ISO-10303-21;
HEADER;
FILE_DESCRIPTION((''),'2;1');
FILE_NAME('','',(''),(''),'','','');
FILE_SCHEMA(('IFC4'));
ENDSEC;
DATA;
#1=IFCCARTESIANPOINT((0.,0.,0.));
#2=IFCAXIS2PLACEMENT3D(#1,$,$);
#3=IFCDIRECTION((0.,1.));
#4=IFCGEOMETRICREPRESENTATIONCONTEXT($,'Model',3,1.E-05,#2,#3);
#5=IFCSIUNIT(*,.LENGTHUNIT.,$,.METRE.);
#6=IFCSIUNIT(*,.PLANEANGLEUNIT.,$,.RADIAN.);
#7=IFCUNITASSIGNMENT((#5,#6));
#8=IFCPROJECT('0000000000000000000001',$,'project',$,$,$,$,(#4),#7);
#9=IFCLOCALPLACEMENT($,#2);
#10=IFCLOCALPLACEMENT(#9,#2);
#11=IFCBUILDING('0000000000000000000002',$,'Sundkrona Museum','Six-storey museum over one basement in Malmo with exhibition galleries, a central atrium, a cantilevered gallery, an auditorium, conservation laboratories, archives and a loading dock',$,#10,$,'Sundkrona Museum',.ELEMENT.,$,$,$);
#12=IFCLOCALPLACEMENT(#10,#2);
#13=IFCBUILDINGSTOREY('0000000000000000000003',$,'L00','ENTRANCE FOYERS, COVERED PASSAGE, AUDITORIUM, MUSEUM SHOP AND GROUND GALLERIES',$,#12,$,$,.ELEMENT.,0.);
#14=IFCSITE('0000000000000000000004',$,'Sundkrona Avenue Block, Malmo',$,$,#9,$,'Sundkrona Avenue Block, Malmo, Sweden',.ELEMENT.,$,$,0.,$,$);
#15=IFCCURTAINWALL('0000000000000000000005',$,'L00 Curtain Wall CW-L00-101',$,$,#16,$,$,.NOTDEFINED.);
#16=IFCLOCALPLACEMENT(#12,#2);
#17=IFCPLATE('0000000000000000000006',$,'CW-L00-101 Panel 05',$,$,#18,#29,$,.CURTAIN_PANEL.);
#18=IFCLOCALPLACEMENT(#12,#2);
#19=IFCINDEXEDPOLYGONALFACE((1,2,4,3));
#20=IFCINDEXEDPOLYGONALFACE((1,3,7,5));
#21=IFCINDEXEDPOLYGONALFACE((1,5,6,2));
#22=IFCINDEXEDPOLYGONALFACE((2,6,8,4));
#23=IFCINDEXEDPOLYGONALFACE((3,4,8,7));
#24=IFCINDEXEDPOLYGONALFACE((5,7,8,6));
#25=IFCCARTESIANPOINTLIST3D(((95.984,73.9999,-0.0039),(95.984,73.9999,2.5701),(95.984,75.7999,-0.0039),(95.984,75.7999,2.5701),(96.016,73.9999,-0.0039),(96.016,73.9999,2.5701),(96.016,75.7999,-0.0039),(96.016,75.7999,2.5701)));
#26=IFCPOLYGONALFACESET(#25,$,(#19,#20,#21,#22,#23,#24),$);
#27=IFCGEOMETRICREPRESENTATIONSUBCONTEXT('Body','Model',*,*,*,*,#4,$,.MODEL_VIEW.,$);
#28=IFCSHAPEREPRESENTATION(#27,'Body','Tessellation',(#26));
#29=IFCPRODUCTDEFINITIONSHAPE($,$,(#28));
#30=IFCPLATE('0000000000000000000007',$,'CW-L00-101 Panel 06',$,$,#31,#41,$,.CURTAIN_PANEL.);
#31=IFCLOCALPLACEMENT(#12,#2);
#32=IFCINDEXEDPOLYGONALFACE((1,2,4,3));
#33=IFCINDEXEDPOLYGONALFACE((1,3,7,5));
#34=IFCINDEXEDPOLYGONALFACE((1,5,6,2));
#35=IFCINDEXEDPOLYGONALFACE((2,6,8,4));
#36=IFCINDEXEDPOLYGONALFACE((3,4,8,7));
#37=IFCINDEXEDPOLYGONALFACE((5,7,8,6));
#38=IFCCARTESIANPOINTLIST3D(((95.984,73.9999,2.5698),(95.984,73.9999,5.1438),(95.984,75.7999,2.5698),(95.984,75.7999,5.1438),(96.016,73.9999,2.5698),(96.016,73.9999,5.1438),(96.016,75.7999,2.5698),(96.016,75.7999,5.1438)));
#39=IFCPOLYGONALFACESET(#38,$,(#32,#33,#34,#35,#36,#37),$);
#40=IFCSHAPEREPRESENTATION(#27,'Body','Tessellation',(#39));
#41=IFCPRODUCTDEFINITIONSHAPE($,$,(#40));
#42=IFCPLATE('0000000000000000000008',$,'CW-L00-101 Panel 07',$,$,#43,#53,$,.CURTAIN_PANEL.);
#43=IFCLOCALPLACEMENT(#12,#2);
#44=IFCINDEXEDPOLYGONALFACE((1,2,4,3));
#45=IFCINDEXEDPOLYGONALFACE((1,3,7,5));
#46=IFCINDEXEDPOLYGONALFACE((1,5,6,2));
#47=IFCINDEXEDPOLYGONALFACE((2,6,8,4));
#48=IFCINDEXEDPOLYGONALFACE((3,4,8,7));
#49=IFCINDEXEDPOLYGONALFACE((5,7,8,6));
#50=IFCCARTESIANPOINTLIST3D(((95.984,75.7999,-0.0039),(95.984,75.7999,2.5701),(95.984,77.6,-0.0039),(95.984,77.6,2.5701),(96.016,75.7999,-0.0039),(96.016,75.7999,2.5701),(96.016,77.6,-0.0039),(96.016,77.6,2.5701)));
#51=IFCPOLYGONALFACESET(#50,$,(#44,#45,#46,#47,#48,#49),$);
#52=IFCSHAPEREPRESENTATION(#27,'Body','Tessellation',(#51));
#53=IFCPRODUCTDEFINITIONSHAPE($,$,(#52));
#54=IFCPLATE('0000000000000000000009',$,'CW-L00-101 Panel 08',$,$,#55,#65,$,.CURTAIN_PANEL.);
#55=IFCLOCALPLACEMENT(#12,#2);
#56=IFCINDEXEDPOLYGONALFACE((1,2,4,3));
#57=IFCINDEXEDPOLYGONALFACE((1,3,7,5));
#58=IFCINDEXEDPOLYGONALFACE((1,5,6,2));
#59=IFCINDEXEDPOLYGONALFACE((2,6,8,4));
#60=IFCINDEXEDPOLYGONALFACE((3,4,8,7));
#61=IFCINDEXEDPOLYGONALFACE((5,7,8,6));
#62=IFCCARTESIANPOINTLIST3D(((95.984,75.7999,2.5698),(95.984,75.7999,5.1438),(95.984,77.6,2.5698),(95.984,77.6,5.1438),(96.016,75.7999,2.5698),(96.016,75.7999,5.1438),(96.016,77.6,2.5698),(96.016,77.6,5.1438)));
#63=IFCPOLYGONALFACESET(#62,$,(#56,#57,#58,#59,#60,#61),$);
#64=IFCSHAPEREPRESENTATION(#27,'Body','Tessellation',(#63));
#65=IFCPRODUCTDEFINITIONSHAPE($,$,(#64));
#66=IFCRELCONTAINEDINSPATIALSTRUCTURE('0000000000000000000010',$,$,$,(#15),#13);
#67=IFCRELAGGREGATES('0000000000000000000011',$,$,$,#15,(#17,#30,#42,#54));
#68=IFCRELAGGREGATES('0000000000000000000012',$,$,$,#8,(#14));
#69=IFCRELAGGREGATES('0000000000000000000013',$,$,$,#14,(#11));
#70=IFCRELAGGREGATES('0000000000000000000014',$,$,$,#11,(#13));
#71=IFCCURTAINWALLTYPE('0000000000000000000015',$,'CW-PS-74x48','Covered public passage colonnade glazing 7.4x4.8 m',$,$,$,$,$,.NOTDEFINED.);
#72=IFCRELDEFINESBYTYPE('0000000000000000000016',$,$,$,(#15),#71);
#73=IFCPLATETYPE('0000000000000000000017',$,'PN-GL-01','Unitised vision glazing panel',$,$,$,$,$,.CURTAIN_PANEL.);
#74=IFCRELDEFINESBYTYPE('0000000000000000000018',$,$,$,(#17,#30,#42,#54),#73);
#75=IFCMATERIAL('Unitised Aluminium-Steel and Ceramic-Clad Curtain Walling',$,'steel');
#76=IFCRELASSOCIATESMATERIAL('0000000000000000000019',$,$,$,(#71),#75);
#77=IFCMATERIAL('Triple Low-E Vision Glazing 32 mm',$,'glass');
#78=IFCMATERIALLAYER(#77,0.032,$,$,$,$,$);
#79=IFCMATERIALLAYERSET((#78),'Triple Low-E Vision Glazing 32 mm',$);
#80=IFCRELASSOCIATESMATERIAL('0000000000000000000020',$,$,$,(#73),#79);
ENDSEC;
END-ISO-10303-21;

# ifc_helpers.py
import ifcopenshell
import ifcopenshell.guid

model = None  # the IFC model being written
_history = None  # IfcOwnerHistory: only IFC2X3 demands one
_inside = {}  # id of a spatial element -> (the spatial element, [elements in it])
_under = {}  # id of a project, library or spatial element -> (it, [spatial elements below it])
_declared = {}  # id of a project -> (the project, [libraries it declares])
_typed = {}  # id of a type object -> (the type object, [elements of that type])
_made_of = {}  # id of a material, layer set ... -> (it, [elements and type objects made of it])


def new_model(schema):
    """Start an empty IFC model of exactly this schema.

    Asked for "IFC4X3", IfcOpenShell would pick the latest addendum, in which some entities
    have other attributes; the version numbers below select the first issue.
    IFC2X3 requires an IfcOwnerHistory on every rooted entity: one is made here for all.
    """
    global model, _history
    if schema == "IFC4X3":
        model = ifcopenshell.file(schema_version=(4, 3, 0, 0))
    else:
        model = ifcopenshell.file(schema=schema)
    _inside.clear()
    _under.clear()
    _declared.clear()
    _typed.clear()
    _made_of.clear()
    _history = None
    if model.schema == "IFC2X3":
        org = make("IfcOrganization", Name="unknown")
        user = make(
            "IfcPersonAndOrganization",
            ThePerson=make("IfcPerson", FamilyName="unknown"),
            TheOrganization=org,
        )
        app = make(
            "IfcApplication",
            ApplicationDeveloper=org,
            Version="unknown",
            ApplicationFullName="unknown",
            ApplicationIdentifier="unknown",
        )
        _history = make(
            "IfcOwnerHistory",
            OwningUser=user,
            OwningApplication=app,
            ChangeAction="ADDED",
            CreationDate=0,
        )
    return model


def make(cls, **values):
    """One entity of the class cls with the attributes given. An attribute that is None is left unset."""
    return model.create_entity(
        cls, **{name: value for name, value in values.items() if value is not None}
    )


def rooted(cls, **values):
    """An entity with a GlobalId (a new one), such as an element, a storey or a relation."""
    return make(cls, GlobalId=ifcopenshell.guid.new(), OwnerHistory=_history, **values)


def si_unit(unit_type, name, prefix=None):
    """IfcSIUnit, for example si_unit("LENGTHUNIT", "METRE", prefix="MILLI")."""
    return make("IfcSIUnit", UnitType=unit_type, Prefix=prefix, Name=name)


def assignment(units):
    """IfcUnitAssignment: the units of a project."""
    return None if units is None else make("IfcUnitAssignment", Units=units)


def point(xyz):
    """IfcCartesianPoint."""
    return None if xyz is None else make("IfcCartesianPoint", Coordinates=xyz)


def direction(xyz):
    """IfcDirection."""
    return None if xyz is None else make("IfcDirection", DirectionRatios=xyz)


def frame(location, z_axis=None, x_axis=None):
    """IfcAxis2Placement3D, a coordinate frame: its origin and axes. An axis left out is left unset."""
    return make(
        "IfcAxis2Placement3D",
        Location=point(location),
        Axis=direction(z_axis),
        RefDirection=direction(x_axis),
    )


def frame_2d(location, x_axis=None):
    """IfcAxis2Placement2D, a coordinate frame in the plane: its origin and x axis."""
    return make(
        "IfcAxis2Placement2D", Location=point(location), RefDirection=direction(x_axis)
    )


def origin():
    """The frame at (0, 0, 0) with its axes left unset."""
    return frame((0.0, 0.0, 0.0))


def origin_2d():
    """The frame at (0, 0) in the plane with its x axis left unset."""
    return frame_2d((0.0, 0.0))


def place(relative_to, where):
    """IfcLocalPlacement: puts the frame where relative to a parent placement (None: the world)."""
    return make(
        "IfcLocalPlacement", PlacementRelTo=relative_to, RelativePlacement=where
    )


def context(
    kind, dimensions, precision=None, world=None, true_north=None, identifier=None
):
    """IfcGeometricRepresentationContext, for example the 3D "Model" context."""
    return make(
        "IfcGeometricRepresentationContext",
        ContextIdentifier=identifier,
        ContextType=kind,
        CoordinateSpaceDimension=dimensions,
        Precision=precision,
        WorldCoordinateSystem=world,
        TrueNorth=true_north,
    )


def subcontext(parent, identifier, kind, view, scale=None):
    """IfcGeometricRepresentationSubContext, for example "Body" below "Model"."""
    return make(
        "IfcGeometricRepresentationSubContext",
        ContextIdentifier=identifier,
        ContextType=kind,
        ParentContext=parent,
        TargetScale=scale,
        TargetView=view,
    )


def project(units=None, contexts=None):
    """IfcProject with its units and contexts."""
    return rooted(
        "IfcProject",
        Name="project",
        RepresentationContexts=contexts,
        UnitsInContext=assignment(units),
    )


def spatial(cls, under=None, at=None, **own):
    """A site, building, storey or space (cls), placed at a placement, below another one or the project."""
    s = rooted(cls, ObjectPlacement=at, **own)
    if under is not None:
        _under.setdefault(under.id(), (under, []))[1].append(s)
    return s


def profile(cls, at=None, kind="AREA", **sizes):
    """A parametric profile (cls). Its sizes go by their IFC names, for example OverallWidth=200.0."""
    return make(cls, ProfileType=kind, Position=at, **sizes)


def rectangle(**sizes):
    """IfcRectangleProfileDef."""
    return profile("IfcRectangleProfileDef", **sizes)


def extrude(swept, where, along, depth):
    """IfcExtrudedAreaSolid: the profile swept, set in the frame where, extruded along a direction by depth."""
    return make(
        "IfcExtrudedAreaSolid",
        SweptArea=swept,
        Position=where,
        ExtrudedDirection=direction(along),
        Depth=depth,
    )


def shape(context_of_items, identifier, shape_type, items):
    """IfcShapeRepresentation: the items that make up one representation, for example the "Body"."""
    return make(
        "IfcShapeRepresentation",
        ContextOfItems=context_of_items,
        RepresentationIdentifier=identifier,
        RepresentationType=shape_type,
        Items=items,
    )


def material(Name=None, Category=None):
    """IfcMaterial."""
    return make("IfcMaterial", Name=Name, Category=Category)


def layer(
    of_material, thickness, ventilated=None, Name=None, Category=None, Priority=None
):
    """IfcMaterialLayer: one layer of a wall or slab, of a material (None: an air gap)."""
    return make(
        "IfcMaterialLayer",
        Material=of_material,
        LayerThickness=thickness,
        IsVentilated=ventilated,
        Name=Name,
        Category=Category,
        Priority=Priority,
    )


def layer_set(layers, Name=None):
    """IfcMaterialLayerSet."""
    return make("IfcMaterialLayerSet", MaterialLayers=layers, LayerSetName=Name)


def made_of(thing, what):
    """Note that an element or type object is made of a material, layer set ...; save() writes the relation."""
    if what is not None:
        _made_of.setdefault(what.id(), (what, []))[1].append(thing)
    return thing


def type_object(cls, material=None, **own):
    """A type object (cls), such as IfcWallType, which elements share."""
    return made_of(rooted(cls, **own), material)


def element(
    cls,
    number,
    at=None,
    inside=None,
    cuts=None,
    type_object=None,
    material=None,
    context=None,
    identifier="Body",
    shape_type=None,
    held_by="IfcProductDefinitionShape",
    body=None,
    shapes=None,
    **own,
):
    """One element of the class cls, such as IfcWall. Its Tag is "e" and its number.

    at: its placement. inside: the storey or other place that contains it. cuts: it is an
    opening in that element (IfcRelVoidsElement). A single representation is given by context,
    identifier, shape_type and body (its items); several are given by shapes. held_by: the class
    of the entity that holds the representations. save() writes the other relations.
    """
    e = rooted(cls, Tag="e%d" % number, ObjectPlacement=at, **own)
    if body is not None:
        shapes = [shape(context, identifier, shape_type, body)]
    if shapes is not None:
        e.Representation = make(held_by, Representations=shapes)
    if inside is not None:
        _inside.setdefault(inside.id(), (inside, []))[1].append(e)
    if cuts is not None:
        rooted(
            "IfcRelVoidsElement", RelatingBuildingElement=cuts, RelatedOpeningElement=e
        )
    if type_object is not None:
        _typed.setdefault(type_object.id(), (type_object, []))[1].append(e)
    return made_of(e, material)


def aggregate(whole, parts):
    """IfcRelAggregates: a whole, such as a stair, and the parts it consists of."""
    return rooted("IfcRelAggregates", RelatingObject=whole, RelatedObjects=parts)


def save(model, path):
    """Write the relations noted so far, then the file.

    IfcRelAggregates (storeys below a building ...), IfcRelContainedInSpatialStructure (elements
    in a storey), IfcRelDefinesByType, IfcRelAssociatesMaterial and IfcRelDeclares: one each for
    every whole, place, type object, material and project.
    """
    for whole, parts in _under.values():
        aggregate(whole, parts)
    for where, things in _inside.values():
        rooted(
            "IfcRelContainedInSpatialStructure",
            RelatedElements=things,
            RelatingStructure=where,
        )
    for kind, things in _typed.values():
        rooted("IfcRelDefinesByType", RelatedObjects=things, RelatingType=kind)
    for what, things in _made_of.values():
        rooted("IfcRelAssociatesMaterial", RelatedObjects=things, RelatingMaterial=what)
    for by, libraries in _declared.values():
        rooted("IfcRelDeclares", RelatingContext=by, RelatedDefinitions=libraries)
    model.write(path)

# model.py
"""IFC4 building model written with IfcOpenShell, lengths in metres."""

from ifc_helpers import new_model, si_unit, direction, frame, origin, origin_2d, place, context, subcontext, project, spatial, rectangle, extrude, material, layer, layer_set, type_object, element, aggregate, save


model = new_model("IFC4")

# Units and contexts
model_context = context("Model", 3, precision=1e-05, world=origin(), true_north=direction((0.0, 1.0)))
body_context = subcontext(model_context, "Body", "Model", "MODEL_VIEW")
ifc_project = project(units=[si_unit("LENGTHUNIT", "METRE"), si_unit("PLANEANGLEUNIT", "RADIAN")], contexts=[model_context])

# Site, building, storey
site_placement = place(None, origin())
site = spatial("IfcSite", under=ifc_project, at=site_placement, Name="Sundkrona Avenue Block, Malmo", LongName="Sundkrona Avenue Block, Malmo, Sweden", CompositionType="ELEMENT", RefElevation=0.0)
building_placement = place(site_placement, origin())
building = spatial("IfcBuilding", under=site, at=building_placement, Name="Sundkrona Museum", Description="Six-storey museum over one basement in Malmo with exhibition galleries, a central atrium, a cantilevered gallery, an auditorium, conservation laboratories, archives and a loading dock", LongName="Sundkrona Museum", CompositionType="ELEMENT")
storey_placement = place(building_placement, origin())
storey = spatial("IfcBuildingStorey", under=building, at=storey_placement, Name="L00", Description="ENTRANCE FOYERS, COVERED PASSAGE, AUDITORIUM, MUSEUM SHOP AND GROUND GALLERIES", CompositionType="ELEMENT", Elevation=0.0)

# Curtain wall
ifc_material_1 = material(Name="Unitised Aluminium-Steel and Ceramic-Clad Curtain Walling", Category="steel")
curtain_wall_type = type_object("IfcCurtainWallType", Name="CW-PS-74x48", Description="Covered public passage colonnade glazing 7.4x4.8 m", PredefinedType="NOTDEFINED", material=ifc_material_1)
curtain_wall_1_placement = place(storey_placement, origin())
curtain_wall_1 = element("IfcCurtainWall", 1, at=curtain_wall_1_placement, inside=storey, type_object=curtain_wall_type, Name="L00 Curtain Wall CW-L00-101", PredefinedType="NOTDEFINED")

# Plates
ifc_material_2 = material(Name="Triple Low-E Vision Glazing 32 mm", Category="glass")
ifc_layer = layer(ifc_material_2, 0.032)
ifc_layer_set = layer_set([ifc_layer], Name="Triple Low-E Vision Glazing 32 mm")
plate_type = type_object("IfcPlateType", Name="PN-GL-01", Description="Unitised vision glazing panel", PredefinedType="CURTAIN_PANEL", material=ifc_layer_set)
plate_1_placement = place(storey_placement, frame((96.0, 74.8999, -0.0039), z_axis=(0.0, 0.0, 1.0), x_axis=(0.0, 1.0, 0.0)))
plate_1 = element("IfcPlate", 2, at=plate_1_placement, type_object=plate_type, Name="CW-L00-101 Panel 05", PredefinedType="CURTAIN_PANEL", context=body_context, shape_type="SweptSolid", body=[
    extrude(rectangle(XDim=1.8, YDim=0.032, at=origin_2d()), origin(), (0.0, 0.0, 1.0), 2.574),
])
plate_2_placement = place(storey_placement, frame((96.0, 74.8999, 2.5698), z_axis=(0.0, 0.0, 1.0), x_axis=(0.0, 1.0, 0.0)))
plate_2 = element("IfcPlate", 3, at=plate_2_placement, type_object=plate_type, Name="CW-L00-101 Panel 06", PredefinedType="CURTAIN_PANEL", context=body_context, shape_type="SweptSolid", body=[
    extrude(rectangle(XDim=1.8, YDim=0.032, at=origin_2d()), origin(), (0.0, 0.0, 1.0), 2.574),
])
plate_3_placement = place(storey_placement, frame((96.0, 76.7, -0.0039), z_axis=(0.0, 0.0, 1.0), x_axis=(0.0, 1.0, 0.0)))
plate_3 = element("IfcPlate", 4, at=plate_3_placement, type_object=plate_type, Name="CW-L00-101 Panel 07", PredefinedType="CURTAIN_PANEL", context=body_context, shape_type="SweptSolid", body=[
    extrude(rectangle(XDim=1.8, YDim=0.032, at=origin_2d()), origin(), (0.0, 0.0, 1.0), 2.574),
])
plate_4_placement = place(storey_placement, frame((96.0, 76.7, 2.5698), z_axis=(0.0, 0.0, 1.0), x_axis=(0.0, 1.0, 0.0)))
plate_4 = element("IfcPlate", 5, at=plate_4_placement, type_object=plate_type, Name="CW-L00-101 Panel 08", PredefinedType="CURTAIN_PANEL", context=body_context, shape_type="SweptSolid", body=[
    extrude(rectangle(XDim=1.8, YDim=0.032, at=origin_2d()), origin(), (0.0, 0.0, 1.0), 2.574),
])
aggregate(curtain_wall_1, [plate_1, plate_2, plate_3, plate_4])

save(model, "model.ifc")
